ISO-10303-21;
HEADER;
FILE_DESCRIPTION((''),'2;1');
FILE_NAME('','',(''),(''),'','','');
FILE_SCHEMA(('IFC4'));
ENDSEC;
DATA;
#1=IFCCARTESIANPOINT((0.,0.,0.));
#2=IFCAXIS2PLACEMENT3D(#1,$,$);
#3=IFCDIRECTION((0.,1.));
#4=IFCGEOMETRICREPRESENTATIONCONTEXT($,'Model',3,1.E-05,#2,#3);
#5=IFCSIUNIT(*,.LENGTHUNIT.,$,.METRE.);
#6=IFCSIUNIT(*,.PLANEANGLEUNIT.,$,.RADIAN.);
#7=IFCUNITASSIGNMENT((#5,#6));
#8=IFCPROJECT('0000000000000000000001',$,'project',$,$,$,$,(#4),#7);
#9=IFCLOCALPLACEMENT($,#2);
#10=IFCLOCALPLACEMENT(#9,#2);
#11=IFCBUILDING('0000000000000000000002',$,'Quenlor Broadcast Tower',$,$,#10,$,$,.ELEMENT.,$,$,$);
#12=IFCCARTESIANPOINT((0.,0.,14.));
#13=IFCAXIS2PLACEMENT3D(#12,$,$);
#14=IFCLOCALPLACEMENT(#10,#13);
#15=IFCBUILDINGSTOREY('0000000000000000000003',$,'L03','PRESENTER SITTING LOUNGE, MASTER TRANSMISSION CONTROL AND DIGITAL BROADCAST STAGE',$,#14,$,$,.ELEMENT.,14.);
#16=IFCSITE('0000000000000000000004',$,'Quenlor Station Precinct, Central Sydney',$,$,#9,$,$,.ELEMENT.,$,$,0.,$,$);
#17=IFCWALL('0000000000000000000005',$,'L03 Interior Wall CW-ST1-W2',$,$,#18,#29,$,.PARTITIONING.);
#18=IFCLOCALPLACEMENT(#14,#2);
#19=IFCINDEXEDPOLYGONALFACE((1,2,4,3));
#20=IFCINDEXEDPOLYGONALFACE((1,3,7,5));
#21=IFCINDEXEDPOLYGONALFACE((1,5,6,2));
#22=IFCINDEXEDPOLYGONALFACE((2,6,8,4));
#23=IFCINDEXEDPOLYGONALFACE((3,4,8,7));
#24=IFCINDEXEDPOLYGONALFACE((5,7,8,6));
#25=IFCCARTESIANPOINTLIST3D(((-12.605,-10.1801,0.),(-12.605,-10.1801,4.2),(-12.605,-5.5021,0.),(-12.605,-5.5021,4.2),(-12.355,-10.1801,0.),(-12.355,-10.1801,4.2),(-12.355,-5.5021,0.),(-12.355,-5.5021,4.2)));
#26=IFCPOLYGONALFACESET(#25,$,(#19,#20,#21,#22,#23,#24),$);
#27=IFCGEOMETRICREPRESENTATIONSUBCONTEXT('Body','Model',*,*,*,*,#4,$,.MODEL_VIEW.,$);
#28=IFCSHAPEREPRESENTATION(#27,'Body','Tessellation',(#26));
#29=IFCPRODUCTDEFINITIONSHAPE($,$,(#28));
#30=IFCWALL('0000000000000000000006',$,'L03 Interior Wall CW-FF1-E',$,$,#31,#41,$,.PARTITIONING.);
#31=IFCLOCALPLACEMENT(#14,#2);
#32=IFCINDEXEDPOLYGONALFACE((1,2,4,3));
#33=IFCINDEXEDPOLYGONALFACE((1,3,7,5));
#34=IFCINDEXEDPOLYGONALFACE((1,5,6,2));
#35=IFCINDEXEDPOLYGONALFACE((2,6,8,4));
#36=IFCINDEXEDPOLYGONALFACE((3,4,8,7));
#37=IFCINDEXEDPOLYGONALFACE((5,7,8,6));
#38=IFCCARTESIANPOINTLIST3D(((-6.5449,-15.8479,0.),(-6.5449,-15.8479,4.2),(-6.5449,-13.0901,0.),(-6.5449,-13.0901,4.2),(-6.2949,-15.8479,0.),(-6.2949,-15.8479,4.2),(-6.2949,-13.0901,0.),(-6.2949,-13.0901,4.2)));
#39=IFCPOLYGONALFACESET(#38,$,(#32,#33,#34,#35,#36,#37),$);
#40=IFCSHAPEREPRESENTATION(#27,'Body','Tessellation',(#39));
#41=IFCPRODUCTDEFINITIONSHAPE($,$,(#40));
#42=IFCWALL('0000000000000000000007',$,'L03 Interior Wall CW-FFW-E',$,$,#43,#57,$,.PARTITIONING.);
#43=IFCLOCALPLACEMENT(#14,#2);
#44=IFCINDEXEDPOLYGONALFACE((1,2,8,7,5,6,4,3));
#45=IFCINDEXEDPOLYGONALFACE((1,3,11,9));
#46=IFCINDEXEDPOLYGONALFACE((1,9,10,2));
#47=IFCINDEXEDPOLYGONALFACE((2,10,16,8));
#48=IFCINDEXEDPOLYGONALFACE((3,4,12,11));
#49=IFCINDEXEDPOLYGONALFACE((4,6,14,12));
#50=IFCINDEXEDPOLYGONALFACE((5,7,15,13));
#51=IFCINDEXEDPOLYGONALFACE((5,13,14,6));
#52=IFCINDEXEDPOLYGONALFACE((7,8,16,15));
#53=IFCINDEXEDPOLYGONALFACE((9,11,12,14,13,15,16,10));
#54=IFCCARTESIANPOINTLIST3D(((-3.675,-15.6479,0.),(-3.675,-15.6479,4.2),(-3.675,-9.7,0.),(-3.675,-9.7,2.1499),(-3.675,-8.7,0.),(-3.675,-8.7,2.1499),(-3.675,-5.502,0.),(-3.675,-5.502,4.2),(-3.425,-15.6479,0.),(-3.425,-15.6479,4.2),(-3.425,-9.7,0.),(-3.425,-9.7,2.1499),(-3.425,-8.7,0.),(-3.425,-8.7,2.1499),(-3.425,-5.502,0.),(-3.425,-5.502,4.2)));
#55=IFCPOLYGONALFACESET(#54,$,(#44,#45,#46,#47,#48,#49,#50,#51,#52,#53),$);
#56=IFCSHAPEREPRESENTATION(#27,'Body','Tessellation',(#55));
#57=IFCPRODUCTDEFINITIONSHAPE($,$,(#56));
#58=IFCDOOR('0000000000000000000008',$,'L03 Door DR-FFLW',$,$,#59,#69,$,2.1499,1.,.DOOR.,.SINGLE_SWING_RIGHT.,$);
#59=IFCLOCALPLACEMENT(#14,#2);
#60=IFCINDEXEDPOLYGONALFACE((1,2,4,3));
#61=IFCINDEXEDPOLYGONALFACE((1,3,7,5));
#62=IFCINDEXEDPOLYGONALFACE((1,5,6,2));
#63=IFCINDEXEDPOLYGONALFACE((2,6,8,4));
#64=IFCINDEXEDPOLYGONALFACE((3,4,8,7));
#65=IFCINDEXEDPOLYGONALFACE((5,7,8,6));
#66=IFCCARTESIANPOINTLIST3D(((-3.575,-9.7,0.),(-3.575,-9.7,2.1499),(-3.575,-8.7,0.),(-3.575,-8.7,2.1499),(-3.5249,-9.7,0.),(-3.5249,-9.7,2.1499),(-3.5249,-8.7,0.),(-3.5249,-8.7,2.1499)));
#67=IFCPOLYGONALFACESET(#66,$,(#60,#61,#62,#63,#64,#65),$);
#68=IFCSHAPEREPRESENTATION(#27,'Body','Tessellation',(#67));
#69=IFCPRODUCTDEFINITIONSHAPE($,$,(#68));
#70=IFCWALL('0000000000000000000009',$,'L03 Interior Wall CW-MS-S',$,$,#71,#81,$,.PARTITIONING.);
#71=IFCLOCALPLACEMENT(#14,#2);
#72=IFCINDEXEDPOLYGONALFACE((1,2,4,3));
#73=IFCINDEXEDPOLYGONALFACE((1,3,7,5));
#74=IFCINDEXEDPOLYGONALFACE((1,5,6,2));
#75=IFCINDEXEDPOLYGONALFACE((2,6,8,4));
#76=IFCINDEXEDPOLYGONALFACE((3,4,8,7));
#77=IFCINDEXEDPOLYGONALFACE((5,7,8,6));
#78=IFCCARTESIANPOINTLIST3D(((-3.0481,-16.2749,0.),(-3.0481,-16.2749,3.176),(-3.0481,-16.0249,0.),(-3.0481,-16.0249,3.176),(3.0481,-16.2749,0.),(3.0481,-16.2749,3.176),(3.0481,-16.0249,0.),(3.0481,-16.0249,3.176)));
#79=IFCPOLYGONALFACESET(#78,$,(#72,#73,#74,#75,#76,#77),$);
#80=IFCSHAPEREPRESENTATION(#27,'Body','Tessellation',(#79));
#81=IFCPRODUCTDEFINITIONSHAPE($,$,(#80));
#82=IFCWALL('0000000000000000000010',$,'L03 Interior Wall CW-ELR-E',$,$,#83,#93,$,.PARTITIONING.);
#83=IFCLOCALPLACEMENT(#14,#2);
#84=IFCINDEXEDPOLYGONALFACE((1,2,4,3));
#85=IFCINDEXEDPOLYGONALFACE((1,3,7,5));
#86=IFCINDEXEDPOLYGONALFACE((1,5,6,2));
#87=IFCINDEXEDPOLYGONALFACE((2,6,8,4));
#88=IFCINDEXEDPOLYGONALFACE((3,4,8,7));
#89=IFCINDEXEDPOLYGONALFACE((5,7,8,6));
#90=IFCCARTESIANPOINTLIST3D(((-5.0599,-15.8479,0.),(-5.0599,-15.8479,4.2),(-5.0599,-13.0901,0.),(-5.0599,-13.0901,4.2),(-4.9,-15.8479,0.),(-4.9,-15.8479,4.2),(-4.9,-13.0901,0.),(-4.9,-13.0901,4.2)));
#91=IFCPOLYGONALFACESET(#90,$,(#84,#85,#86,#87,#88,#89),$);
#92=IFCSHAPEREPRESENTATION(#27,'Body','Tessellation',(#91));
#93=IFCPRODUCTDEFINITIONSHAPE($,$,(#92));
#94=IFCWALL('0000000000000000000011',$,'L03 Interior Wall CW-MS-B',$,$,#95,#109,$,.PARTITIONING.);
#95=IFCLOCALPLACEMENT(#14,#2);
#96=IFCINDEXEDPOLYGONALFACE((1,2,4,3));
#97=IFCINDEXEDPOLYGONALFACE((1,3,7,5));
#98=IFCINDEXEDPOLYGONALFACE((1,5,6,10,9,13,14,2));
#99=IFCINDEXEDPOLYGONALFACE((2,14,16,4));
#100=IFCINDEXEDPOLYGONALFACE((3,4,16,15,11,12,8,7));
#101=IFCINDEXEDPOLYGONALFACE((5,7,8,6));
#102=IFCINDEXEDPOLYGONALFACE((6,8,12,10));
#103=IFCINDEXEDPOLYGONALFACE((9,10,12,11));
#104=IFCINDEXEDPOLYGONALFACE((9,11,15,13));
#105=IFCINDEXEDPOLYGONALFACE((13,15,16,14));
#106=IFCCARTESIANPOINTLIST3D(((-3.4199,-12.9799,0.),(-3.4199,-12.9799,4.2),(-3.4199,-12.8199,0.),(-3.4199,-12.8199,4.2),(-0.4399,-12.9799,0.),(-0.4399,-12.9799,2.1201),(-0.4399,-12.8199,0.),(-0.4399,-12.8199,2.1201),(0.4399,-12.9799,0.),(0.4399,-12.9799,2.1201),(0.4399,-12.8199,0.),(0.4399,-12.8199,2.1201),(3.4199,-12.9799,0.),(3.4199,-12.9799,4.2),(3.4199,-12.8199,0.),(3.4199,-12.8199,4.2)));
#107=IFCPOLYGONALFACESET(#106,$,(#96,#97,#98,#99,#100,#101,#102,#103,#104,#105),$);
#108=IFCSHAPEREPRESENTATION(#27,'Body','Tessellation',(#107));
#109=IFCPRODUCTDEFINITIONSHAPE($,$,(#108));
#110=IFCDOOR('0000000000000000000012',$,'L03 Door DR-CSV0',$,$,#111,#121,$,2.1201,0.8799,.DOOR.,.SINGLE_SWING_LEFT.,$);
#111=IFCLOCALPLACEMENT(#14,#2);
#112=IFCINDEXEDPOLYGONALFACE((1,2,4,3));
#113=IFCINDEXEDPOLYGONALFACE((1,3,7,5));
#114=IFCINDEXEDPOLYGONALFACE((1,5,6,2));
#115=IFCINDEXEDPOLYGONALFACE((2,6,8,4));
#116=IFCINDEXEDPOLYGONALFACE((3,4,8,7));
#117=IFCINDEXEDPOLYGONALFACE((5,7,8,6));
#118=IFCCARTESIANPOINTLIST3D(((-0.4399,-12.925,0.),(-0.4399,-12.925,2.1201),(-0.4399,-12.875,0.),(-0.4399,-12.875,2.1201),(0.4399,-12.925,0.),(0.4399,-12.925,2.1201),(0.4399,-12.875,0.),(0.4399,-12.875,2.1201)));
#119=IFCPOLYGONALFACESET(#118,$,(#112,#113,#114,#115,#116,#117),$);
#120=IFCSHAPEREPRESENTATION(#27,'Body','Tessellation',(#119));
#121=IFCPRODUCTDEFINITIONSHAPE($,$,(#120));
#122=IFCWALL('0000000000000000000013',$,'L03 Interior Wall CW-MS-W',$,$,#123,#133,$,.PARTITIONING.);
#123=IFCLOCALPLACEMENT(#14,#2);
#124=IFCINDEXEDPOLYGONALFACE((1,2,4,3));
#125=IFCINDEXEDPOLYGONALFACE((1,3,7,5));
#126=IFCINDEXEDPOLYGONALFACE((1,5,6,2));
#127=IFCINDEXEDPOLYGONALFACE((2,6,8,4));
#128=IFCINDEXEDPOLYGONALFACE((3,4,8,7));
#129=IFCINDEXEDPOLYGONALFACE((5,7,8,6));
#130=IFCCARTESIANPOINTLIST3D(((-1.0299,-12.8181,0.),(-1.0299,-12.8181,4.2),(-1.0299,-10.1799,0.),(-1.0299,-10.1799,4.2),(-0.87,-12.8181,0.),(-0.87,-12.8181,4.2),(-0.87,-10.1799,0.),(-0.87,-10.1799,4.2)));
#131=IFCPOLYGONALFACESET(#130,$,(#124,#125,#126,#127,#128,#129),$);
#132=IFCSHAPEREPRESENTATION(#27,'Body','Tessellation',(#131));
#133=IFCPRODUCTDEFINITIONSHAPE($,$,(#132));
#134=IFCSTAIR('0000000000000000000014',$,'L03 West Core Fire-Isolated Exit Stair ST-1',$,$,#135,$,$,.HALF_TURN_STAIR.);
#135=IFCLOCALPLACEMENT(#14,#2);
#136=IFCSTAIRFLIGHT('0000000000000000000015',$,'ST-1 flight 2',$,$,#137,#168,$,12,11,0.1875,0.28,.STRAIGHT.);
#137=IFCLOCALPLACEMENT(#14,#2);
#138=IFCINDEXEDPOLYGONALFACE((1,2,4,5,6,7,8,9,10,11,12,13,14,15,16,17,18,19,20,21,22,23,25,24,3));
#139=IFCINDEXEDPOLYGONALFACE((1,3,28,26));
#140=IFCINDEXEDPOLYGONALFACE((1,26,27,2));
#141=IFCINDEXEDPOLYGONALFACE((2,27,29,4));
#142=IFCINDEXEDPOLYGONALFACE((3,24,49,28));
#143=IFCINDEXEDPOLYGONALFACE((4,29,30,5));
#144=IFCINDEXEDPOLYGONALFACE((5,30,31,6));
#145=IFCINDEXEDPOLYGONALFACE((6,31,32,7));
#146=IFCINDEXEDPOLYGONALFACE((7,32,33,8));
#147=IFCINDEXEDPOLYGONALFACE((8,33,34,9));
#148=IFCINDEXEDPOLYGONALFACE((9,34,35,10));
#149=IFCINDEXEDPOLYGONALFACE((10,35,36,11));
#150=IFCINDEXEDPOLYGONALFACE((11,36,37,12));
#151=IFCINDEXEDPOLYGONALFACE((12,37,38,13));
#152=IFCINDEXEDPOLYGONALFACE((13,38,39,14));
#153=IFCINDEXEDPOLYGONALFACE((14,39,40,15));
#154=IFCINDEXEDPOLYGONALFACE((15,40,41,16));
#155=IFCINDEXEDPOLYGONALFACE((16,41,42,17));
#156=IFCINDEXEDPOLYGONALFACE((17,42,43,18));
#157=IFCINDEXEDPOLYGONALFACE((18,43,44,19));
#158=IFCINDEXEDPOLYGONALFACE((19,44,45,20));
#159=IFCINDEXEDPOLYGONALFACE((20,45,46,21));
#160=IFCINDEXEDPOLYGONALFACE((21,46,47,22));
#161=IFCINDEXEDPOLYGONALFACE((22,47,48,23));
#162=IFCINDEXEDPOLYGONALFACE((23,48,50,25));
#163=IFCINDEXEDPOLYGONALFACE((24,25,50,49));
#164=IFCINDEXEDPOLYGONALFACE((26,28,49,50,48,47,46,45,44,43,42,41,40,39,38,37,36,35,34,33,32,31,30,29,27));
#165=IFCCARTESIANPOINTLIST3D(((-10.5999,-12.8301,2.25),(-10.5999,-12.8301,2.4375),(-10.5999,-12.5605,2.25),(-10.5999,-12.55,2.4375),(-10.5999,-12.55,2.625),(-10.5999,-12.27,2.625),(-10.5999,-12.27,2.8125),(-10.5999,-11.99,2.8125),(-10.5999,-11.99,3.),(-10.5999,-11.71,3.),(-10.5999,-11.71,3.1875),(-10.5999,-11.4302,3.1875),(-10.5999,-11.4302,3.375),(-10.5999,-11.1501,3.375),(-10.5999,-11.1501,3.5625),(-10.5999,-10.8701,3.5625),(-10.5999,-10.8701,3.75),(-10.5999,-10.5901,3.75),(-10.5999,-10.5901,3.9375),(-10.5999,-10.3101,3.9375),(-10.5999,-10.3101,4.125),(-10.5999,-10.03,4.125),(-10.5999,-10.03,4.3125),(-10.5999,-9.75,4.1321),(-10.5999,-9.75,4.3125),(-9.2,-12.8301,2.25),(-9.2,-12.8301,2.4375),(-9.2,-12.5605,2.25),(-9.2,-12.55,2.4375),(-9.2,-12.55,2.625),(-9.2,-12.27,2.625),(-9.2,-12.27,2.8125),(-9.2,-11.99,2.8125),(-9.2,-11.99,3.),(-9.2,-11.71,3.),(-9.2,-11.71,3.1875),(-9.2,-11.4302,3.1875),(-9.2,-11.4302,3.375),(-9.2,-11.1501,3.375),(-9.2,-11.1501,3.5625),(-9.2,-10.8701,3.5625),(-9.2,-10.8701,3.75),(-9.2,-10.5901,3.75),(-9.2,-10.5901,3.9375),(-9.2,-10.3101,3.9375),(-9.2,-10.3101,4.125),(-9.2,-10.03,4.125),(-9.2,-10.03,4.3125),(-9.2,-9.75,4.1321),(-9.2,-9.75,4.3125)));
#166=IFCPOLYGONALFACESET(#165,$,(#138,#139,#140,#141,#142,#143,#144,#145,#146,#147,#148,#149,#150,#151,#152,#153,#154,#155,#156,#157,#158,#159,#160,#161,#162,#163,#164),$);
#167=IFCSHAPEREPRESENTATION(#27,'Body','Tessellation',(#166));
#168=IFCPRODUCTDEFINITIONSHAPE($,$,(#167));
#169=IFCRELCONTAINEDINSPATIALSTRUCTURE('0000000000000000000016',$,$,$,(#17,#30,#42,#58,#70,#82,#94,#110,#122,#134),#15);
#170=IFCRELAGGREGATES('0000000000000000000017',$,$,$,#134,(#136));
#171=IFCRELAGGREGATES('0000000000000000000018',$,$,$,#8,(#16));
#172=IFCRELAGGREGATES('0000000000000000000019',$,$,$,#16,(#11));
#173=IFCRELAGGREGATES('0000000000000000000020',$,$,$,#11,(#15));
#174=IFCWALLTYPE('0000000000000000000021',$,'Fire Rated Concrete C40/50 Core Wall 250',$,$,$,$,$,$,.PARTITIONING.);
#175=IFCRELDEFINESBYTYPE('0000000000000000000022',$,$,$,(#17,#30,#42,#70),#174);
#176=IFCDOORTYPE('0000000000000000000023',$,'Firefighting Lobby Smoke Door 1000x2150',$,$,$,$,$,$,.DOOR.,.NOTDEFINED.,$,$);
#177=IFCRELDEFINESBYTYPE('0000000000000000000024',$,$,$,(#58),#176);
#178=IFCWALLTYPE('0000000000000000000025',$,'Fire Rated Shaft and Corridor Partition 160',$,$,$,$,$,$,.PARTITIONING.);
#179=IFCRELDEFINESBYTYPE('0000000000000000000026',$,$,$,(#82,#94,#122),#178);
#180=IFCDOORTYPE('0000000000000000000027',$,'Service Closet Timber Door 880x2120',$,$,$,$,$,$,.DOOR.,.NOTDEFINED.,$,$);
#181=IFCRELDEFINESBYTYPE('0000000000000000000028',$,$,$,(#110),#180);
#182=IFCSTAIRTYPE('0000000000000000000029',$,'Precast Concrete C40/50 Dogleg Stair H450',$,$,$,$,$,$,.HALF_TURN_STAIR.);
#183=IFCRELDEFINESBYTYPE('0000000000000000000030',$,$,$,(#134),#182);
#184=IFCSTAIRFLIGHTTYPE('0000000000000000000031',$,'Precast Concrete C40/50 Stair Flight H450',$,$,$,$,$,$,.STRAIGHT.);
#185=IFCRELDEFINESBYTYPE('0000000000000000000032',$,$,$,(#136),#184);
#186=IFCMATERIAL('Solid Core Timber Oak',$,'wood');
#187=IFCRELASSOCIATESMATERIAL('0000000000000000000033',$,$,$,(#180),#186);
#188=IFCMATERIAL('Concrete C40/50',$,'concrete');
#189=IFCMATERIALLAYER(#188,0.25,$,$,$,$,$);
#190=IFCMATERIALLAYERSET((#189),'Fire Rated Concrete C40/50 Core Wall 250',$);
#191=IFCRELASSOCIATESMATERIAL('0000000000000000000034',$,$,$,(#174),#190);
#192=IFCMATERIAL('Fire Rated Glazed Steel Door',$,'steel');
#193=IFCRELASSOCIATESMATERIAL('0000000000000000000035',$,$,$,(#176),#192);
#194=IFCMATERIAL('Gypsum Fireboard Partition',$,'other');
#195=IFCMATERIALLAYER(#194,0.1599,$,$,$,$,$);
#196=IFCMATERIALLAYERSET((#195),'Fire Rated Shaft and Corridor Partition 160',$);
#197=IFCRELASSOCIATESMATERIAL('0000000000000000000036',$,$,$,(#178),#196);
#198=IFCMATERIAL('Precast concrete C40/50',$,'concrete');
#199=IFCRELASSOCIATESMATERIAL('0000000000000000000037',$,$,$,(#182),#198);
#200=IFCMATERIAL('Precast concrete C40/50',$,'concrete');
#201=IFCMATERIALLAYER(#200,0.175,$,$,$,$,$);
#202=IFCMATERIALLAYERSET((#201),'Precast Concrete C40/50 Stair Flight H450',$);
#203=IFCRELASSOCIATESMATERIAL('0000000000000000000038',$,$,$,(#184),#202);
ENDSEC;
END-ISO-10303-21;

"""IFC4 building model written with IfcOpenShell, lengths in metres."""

from ifc_helpers import new_model, si_unit, direction, frame, frame_2d, origin, place, context, subcontext, project, spatial, polyline, rectangle, outline, extrude, material, layer, layer_set, type_object, element, fill, aggregate, save


model = new_model("IFC4")

# Units and contexts
model_context = context("Model", 3, precision=1e-05, world=origin(), true_north=direction((0.0, 1.0)))
body_context = subcontext(model_context, "Body", "Model", "MODEL_VIEW")
ifc_project = project(units=[si_unit("LENGTHUNIT", "METRE"), si_unit("PLANEANGLEUNIT", "RADIAN")], contexts=[model_context])

# Site, building, storey
site_placement = place(None, origin())
site = spatial("IfcSite", under=ifc_project, at=site_placement, Name="Quenlor Station Precinct, Central Sydney", CompositionType="ELEMENT", RefElevation=0.0)
building_placement = place(site_placement, origin())
building = spatial("IfcBuilding", under=site, at=building_placement, Name="Quenlor Broadcast Tower", CompositionType="ELEMENT")
storey_placement = place(building_placement, frame((0.0, 0.0, 14.0)))
storey = spatial("IfcBuildingStorey", under=building, at=storey_placement, Name="L03", Description="PRESENTER SITTING LOUNGE, MASTER TRANSMISSION CONTROL AND DIGITAL BROADCAST STAGE", CompositionType="ELEMENT", Elevation=14.0)

# Shared definitions
ifc_material_1 = material(Name="Solid Core Timber Oak", Category="wood")
door_type_1 = type_object("IfcDoorType", Name="Service Closet Timber Door 880x2120", OperationType="NOTDEFINED", PredefinedType="DOOR", material=ifc_material_1)

# Wall
ifc_material_2 = material(Name="Concrete C40/50", Category="concrete")
ifc_layer_1 = layer(ifc_material_2, 0.25)
ifc_layer_set_1 = layer_set([ifc_layer_1], Name="Fire Rated Concrete C40/50 Core Wall 250")
wall_type_1 = type_object("IfcWallType", Name="Fire Rated Concrete C40/50 Core Wall 250", PredefinedType="PARTITIONING", material=ifc_layer_set_1)
wall_1_placement = place(storey_placement, frame((-12.48, -10.1799, 0.0), z_axis=(0.0, 0.0, 1.0), x_axis=(0.0, 1.0, 0.0)))
element("IfcWall", 1, at=wall_1_placement, inside=storey, type_object=wall_type_1, Name="L03 Interior Wall CW-ST1-W2", PredefinedType="PARTITIONING", context=body_context, shape_type="SweptSolid", body=[
    extrude(rectangle(XDim=4.678, YDim=0.25, at=frame_2d((2.3389, 0.0))), origin(), (0.0, 0.0, 1.0), 4.2),
])

# Wall
wall_2_placement = place(storey_placement, frame((-6.4199, -15.8479, 0.0), z_axis=(0.0, 0.0, 1.0), x_axis=(0.0, 1.0, 0.0)))
element("IfcWall", 2, at=wall_2_placement, inside=storey, type_object=wall_type_1, Name="L03 Interior Wall CW-FF1-E", PredefinedType="PARTITIONING", context=body_context, shape_type="SweptSolid", body=[
    extrude(rectangle(XDim=2.7578, YDim=0.25, at=frame_2d((1.3789, 0.0))), origin(), (0.0, 0.0, 1.0), 4.2),
])

# Wall, opening, door
wall_3_placement = place(storey_placement, frame((-3.55, -15.6479, 0.0), z_axis=(0.0, 0.0, 1.0), x_axis=(0.0, 1.0, 0.0)))
wall_3 = element("IfcWall", 3, at=wall_3_placement, inside=storey, type_object=wall_type_1, Name="L03 Interior Wall CW-FFW-E", PredefinedType="PARTITIONING", context=body_context, shape_type="SweptSolid", body=[
    extrude(rectangle(XDim=10.146, YDim=0.25, at=frame_2d((5.073, 0.0))), origin(), (0.0, 0.0, 1.0), 4.2),
])
opening_1_placement = place(wall_3_placement, frame((5.948, 0.0, 0.0)))
opening_1 = element("IfcOpeningElement", 4, at=opening_1_placement, cuts=wall_3, PredefinedType="OPENING", context=body_context, shape_type="SweptSolid", body=[
    extrude(rectangle(XDim=1.0, YDim=2.1499, at=frame_2d((0.5, 1.075))), frame((0.0, 0.135, 0.0), z_axis=(0.0, -1.0, 0.0), x_axis=(1.0, 0.0, 0.0)), (0.0, 0.0, 1.0), 0.27),
])
ifc_material_3 = material(Name="Fire Rated Glazed Steel Door", Category="steel")
door_type_2 = type_object("IfcDoorType", Name="Firefighting Lobby Smoke Door 1000x2150", OperationType="NOTDEFINED", PredefinedType="DOOR", material=ifc_material_3)
door_1_placement = place(opening_1_placement, origin())
door_1 = element("IfcDoor", 5, at=door_1_placement, inside=storey, type_object=door_type_2, Name="L03 Door DR-FFLW", OperationType="SINGLE_SWING_RIGHT", OverallHeight=2.1499, OverallWidth=1.0, PredefinedType="DOOR", context=body_context, shape_type="SweptSolid", body=[
    extrude(rectangle(XDim=1.0, YDim=2.1499, at=frame_2d((0.5, 1.075))), frame((0.0, 0.0249, 0.0), z_axis=(0.0, -1.0, 0.0), x_axis=(1.0, 0.0, 0.0)), (0.0, 0.0, 1.0), 0.05),
])
fill(opening_1, door_1)

# Walls
wall_4_placement = place(storey_placement, frame((-3.0481, -16.1499, 0.0), z_axis=(0.0, 0.0, 1.0), x_axis=(1.0, 0.0, 0.0)))
element("IfcWall", 6, at=wall_4_placement, inside=storey, type_object=wall_type_1, Name="L03 Interior Wall CW-MS-S", PredefinedType="PARTITIONING", context=body_context, shape_type="SweptSolid", body=[
    extrude(rectangle(XDim=6.0962, YDim=0.25, at=frame_2d((3.0481, 0.0))), origin(), (0.0, 0.0, 1.0), 3.176),
])
ifc_material_4 = material(Name="Gypsum Fireboard Partition", Category="other")
ifc_layer_2 = layer(ifc_material_4, 0.1599)
ifc_layer_set_2 = layer_set([ifc_layer_2], Name="Fire Rated Shaft and Corridor Partition 160")
wall_type_2 = type_object("IfcWallType", Name="Fire Rated Shaft and Corridor Partition 160", PredefinedType="PARTITIONING", material=ifc_layer_set_2)
wall_5_placement = place(storey_placement, frame((-4.98, -15.8479, 0.0), z_axis=(0.0, 0.0, 1.0), x_axis=(0.0, 1.0, 0.0)))
element("IfcWall", 7, at=wall_5_placement, inside=storey, type_object=wall_type_2, Name="L03 Interior Wall CW-ELR-E", PredefinedType="PARTITIONING", context=body_context, shape_type="SweptSolid", body=[
    extrude(rectangle(XDim=2.7578, YDim=0.1599, at=frame_2d((1.3789, 0.0))), origin(), (0.0, 0.0, 1.0), 4.2),
])

# Wall, opening, door
wall_6_placement = place(storey_placement, frame((-3.4199, -12.8999, 0.0), z_axis=(0.0, 0.0, 1.0), x_axis=(1.0, 0.0, 0.0)))
wall_6 = element("IfcWall", 8, at=wall_6_placement, inside=storey, type_object=wall_type_2, Name="L03 Interior Wall CW-MS-B", PredefinedType="PARTITIONING", context=body_context, shape_type="SweptSolid", body=[
    extrude(rectangle(XDim=6.8398, YDim=0.1599, at=frame_2d((3.4199, 0.0))), origin(), (0.0, 0.0, 1.0), 4.2),
])
opening_2_placement = place(wall_6_placement, frame((2.98, 0.0, 0.0)))
opening_2 = element("IfcOpeningElement", 9, at=opening_2_placement, cuts=wall_6, PredefinedType="OPENING", context=body_context, shape_type="SweptSolid", body=[
    extrude(rectangle(XDim=0.8799, YDim=2.1201, at=frame_2d((0.4399, 1.0601))), frame((0.0, 0.0898, 0.0), z_axis=(0.0, -1.0, 0.0), x_axis=(1.0, 0.0, 0.0)), (0.0, 0.0, 1.0), 0.1799),
])
door_2_placement = place(opening_2_placement, origin())
door_2 = element("IfcDoor", 10, at=door_2_placement, inside=storey, type_object=door_type_1, Name="L03 Door DR-CSV0", OperationType="SINGLE_SWING_LEFT", OverallHeight=2.1201, OverallWidth=0.8799, PredefinedType="DOOR", context=body_context, shape_type="SweptSolid", body=[
    extrude(rectangle(XDim=0.8799, YDim=2.1201, at=frame_2d((0.4399, 1.0601))), frame((0.0, 0.0249, 0.0), z_axis=(0.0, -1.0, 0.0), x_axis=(1.0, 0.0, 0.0)), (0.0, 0.0, 1.0), 0.05),
])
fill(opening_2, door_2)

# Wall
wall_7_placement = place(storey_placement, frame((-0.95, -12.8181, 0.0), z_axis=(0.0, 0.0, 1.0), x_axis=(0.0, 1.0, 0.0)))
element("IfcWall", 11, at=wall_7_placement, inside=storey, type_object=wall_type_2, Name="L03 Interior Wall CW-MS-W", PredefinedType="PARTITIONING", context=body_context, shape_type="SweptSolid", body=[
    extrude(rectangle(XDim=2.6382, YDim=0.1599, at=frame_2d((1.3191, 0.0))), origin(), (0.0, 0.0, 1.0), 4.2),
])

# Stair, stair flight
ifc_material_5 = material(Name="Precast concrete C40/50", Category="concrete")
stair_type = type_object("IfcStairType", Name="Precast Concrete C40/50 Dogleg Stair H450", PredefinedType="HALF_TURN_STAIR", material=ifc_material_5)
stair_placement = place(storey_placement, origin())
stair = element("IfcStair", 12, at=stair_placement, inside=storey, type_object=stair_type, Name="L03 West Core Fire-Isolated Exit Stair ST-1", PredefinedType="HALF_TURN_STAIR")
ifc_material_6 = material(Name="Precast concrete C40/50", Category="concrete")
ifc_layer_3 = layer(ifc_material_6, 0.175)
ifc_layer_set_3 = layer_set([ifc_layer_3], Name="Precast Concrete C40/50 Stair Flight H450")
stair_flight_type = type_object("IfcStairFlightType", Name="Precast Concrete C40/50 Stair Flight H450", PredefinedType="STRAIGHT", material=ifc_layer_set_3)
stair_flight_placement = place(storey_placement, frame((-9.8999, -12.8301, 2.25), z_axis=(0.0, 0.0, 1.0), x_axis=(0.0, 1.0, 0.0)))
stair_flight = element("IfcStairFlight", 13, at=stair_flight_placement, type_object=stair_flight_type, Name="ST-1 flight 2", NumberOfRisers=12, NumberOfTreads=11, PredefinedType="STRAIGHT", RiserHeight=0.1875, TreadLength=0.28, context=body_context, shape_type="SweptSolid", body=[
    extrude(outline(polyline([(0.0, 0.0), (0.0, 0.1875), (0.28, 0.1875), (0.28, 0.375), (0.5601, 0.375), (0.5601, 0.5625), (0.8401, 0.5625), (0.8401, 0.75), (1.1201, 0.75), (1.1201, 0.9375), (1.3999, 0.9375), (1.3999, 1.125), (1.6799, 1.125), (1.6799, 1.3125), (1.96, 1.3125), (1.96, 1.5), (2.24, 1.5), (2.24, 1.6875), (2.52, 1.6875), (2.52, 1.875), (2.8, 1.875), (2.8, 2.0625), (3.0801, 2.0625), (3.0801, 2.25), (3.0801, 1.8821), (0.2695, 0.0), (0.0, 0.0)])), frame((0.0, 0.7, 0.0), z_axis=(0.0, -1.0, 0.0), x_axis=(1.0, 0.0, 0.0)), (0.0, 0.0, 1.0), 1.3999),
])
aggregate(stair, [stair_flight])

save(model, "model.ifc")
